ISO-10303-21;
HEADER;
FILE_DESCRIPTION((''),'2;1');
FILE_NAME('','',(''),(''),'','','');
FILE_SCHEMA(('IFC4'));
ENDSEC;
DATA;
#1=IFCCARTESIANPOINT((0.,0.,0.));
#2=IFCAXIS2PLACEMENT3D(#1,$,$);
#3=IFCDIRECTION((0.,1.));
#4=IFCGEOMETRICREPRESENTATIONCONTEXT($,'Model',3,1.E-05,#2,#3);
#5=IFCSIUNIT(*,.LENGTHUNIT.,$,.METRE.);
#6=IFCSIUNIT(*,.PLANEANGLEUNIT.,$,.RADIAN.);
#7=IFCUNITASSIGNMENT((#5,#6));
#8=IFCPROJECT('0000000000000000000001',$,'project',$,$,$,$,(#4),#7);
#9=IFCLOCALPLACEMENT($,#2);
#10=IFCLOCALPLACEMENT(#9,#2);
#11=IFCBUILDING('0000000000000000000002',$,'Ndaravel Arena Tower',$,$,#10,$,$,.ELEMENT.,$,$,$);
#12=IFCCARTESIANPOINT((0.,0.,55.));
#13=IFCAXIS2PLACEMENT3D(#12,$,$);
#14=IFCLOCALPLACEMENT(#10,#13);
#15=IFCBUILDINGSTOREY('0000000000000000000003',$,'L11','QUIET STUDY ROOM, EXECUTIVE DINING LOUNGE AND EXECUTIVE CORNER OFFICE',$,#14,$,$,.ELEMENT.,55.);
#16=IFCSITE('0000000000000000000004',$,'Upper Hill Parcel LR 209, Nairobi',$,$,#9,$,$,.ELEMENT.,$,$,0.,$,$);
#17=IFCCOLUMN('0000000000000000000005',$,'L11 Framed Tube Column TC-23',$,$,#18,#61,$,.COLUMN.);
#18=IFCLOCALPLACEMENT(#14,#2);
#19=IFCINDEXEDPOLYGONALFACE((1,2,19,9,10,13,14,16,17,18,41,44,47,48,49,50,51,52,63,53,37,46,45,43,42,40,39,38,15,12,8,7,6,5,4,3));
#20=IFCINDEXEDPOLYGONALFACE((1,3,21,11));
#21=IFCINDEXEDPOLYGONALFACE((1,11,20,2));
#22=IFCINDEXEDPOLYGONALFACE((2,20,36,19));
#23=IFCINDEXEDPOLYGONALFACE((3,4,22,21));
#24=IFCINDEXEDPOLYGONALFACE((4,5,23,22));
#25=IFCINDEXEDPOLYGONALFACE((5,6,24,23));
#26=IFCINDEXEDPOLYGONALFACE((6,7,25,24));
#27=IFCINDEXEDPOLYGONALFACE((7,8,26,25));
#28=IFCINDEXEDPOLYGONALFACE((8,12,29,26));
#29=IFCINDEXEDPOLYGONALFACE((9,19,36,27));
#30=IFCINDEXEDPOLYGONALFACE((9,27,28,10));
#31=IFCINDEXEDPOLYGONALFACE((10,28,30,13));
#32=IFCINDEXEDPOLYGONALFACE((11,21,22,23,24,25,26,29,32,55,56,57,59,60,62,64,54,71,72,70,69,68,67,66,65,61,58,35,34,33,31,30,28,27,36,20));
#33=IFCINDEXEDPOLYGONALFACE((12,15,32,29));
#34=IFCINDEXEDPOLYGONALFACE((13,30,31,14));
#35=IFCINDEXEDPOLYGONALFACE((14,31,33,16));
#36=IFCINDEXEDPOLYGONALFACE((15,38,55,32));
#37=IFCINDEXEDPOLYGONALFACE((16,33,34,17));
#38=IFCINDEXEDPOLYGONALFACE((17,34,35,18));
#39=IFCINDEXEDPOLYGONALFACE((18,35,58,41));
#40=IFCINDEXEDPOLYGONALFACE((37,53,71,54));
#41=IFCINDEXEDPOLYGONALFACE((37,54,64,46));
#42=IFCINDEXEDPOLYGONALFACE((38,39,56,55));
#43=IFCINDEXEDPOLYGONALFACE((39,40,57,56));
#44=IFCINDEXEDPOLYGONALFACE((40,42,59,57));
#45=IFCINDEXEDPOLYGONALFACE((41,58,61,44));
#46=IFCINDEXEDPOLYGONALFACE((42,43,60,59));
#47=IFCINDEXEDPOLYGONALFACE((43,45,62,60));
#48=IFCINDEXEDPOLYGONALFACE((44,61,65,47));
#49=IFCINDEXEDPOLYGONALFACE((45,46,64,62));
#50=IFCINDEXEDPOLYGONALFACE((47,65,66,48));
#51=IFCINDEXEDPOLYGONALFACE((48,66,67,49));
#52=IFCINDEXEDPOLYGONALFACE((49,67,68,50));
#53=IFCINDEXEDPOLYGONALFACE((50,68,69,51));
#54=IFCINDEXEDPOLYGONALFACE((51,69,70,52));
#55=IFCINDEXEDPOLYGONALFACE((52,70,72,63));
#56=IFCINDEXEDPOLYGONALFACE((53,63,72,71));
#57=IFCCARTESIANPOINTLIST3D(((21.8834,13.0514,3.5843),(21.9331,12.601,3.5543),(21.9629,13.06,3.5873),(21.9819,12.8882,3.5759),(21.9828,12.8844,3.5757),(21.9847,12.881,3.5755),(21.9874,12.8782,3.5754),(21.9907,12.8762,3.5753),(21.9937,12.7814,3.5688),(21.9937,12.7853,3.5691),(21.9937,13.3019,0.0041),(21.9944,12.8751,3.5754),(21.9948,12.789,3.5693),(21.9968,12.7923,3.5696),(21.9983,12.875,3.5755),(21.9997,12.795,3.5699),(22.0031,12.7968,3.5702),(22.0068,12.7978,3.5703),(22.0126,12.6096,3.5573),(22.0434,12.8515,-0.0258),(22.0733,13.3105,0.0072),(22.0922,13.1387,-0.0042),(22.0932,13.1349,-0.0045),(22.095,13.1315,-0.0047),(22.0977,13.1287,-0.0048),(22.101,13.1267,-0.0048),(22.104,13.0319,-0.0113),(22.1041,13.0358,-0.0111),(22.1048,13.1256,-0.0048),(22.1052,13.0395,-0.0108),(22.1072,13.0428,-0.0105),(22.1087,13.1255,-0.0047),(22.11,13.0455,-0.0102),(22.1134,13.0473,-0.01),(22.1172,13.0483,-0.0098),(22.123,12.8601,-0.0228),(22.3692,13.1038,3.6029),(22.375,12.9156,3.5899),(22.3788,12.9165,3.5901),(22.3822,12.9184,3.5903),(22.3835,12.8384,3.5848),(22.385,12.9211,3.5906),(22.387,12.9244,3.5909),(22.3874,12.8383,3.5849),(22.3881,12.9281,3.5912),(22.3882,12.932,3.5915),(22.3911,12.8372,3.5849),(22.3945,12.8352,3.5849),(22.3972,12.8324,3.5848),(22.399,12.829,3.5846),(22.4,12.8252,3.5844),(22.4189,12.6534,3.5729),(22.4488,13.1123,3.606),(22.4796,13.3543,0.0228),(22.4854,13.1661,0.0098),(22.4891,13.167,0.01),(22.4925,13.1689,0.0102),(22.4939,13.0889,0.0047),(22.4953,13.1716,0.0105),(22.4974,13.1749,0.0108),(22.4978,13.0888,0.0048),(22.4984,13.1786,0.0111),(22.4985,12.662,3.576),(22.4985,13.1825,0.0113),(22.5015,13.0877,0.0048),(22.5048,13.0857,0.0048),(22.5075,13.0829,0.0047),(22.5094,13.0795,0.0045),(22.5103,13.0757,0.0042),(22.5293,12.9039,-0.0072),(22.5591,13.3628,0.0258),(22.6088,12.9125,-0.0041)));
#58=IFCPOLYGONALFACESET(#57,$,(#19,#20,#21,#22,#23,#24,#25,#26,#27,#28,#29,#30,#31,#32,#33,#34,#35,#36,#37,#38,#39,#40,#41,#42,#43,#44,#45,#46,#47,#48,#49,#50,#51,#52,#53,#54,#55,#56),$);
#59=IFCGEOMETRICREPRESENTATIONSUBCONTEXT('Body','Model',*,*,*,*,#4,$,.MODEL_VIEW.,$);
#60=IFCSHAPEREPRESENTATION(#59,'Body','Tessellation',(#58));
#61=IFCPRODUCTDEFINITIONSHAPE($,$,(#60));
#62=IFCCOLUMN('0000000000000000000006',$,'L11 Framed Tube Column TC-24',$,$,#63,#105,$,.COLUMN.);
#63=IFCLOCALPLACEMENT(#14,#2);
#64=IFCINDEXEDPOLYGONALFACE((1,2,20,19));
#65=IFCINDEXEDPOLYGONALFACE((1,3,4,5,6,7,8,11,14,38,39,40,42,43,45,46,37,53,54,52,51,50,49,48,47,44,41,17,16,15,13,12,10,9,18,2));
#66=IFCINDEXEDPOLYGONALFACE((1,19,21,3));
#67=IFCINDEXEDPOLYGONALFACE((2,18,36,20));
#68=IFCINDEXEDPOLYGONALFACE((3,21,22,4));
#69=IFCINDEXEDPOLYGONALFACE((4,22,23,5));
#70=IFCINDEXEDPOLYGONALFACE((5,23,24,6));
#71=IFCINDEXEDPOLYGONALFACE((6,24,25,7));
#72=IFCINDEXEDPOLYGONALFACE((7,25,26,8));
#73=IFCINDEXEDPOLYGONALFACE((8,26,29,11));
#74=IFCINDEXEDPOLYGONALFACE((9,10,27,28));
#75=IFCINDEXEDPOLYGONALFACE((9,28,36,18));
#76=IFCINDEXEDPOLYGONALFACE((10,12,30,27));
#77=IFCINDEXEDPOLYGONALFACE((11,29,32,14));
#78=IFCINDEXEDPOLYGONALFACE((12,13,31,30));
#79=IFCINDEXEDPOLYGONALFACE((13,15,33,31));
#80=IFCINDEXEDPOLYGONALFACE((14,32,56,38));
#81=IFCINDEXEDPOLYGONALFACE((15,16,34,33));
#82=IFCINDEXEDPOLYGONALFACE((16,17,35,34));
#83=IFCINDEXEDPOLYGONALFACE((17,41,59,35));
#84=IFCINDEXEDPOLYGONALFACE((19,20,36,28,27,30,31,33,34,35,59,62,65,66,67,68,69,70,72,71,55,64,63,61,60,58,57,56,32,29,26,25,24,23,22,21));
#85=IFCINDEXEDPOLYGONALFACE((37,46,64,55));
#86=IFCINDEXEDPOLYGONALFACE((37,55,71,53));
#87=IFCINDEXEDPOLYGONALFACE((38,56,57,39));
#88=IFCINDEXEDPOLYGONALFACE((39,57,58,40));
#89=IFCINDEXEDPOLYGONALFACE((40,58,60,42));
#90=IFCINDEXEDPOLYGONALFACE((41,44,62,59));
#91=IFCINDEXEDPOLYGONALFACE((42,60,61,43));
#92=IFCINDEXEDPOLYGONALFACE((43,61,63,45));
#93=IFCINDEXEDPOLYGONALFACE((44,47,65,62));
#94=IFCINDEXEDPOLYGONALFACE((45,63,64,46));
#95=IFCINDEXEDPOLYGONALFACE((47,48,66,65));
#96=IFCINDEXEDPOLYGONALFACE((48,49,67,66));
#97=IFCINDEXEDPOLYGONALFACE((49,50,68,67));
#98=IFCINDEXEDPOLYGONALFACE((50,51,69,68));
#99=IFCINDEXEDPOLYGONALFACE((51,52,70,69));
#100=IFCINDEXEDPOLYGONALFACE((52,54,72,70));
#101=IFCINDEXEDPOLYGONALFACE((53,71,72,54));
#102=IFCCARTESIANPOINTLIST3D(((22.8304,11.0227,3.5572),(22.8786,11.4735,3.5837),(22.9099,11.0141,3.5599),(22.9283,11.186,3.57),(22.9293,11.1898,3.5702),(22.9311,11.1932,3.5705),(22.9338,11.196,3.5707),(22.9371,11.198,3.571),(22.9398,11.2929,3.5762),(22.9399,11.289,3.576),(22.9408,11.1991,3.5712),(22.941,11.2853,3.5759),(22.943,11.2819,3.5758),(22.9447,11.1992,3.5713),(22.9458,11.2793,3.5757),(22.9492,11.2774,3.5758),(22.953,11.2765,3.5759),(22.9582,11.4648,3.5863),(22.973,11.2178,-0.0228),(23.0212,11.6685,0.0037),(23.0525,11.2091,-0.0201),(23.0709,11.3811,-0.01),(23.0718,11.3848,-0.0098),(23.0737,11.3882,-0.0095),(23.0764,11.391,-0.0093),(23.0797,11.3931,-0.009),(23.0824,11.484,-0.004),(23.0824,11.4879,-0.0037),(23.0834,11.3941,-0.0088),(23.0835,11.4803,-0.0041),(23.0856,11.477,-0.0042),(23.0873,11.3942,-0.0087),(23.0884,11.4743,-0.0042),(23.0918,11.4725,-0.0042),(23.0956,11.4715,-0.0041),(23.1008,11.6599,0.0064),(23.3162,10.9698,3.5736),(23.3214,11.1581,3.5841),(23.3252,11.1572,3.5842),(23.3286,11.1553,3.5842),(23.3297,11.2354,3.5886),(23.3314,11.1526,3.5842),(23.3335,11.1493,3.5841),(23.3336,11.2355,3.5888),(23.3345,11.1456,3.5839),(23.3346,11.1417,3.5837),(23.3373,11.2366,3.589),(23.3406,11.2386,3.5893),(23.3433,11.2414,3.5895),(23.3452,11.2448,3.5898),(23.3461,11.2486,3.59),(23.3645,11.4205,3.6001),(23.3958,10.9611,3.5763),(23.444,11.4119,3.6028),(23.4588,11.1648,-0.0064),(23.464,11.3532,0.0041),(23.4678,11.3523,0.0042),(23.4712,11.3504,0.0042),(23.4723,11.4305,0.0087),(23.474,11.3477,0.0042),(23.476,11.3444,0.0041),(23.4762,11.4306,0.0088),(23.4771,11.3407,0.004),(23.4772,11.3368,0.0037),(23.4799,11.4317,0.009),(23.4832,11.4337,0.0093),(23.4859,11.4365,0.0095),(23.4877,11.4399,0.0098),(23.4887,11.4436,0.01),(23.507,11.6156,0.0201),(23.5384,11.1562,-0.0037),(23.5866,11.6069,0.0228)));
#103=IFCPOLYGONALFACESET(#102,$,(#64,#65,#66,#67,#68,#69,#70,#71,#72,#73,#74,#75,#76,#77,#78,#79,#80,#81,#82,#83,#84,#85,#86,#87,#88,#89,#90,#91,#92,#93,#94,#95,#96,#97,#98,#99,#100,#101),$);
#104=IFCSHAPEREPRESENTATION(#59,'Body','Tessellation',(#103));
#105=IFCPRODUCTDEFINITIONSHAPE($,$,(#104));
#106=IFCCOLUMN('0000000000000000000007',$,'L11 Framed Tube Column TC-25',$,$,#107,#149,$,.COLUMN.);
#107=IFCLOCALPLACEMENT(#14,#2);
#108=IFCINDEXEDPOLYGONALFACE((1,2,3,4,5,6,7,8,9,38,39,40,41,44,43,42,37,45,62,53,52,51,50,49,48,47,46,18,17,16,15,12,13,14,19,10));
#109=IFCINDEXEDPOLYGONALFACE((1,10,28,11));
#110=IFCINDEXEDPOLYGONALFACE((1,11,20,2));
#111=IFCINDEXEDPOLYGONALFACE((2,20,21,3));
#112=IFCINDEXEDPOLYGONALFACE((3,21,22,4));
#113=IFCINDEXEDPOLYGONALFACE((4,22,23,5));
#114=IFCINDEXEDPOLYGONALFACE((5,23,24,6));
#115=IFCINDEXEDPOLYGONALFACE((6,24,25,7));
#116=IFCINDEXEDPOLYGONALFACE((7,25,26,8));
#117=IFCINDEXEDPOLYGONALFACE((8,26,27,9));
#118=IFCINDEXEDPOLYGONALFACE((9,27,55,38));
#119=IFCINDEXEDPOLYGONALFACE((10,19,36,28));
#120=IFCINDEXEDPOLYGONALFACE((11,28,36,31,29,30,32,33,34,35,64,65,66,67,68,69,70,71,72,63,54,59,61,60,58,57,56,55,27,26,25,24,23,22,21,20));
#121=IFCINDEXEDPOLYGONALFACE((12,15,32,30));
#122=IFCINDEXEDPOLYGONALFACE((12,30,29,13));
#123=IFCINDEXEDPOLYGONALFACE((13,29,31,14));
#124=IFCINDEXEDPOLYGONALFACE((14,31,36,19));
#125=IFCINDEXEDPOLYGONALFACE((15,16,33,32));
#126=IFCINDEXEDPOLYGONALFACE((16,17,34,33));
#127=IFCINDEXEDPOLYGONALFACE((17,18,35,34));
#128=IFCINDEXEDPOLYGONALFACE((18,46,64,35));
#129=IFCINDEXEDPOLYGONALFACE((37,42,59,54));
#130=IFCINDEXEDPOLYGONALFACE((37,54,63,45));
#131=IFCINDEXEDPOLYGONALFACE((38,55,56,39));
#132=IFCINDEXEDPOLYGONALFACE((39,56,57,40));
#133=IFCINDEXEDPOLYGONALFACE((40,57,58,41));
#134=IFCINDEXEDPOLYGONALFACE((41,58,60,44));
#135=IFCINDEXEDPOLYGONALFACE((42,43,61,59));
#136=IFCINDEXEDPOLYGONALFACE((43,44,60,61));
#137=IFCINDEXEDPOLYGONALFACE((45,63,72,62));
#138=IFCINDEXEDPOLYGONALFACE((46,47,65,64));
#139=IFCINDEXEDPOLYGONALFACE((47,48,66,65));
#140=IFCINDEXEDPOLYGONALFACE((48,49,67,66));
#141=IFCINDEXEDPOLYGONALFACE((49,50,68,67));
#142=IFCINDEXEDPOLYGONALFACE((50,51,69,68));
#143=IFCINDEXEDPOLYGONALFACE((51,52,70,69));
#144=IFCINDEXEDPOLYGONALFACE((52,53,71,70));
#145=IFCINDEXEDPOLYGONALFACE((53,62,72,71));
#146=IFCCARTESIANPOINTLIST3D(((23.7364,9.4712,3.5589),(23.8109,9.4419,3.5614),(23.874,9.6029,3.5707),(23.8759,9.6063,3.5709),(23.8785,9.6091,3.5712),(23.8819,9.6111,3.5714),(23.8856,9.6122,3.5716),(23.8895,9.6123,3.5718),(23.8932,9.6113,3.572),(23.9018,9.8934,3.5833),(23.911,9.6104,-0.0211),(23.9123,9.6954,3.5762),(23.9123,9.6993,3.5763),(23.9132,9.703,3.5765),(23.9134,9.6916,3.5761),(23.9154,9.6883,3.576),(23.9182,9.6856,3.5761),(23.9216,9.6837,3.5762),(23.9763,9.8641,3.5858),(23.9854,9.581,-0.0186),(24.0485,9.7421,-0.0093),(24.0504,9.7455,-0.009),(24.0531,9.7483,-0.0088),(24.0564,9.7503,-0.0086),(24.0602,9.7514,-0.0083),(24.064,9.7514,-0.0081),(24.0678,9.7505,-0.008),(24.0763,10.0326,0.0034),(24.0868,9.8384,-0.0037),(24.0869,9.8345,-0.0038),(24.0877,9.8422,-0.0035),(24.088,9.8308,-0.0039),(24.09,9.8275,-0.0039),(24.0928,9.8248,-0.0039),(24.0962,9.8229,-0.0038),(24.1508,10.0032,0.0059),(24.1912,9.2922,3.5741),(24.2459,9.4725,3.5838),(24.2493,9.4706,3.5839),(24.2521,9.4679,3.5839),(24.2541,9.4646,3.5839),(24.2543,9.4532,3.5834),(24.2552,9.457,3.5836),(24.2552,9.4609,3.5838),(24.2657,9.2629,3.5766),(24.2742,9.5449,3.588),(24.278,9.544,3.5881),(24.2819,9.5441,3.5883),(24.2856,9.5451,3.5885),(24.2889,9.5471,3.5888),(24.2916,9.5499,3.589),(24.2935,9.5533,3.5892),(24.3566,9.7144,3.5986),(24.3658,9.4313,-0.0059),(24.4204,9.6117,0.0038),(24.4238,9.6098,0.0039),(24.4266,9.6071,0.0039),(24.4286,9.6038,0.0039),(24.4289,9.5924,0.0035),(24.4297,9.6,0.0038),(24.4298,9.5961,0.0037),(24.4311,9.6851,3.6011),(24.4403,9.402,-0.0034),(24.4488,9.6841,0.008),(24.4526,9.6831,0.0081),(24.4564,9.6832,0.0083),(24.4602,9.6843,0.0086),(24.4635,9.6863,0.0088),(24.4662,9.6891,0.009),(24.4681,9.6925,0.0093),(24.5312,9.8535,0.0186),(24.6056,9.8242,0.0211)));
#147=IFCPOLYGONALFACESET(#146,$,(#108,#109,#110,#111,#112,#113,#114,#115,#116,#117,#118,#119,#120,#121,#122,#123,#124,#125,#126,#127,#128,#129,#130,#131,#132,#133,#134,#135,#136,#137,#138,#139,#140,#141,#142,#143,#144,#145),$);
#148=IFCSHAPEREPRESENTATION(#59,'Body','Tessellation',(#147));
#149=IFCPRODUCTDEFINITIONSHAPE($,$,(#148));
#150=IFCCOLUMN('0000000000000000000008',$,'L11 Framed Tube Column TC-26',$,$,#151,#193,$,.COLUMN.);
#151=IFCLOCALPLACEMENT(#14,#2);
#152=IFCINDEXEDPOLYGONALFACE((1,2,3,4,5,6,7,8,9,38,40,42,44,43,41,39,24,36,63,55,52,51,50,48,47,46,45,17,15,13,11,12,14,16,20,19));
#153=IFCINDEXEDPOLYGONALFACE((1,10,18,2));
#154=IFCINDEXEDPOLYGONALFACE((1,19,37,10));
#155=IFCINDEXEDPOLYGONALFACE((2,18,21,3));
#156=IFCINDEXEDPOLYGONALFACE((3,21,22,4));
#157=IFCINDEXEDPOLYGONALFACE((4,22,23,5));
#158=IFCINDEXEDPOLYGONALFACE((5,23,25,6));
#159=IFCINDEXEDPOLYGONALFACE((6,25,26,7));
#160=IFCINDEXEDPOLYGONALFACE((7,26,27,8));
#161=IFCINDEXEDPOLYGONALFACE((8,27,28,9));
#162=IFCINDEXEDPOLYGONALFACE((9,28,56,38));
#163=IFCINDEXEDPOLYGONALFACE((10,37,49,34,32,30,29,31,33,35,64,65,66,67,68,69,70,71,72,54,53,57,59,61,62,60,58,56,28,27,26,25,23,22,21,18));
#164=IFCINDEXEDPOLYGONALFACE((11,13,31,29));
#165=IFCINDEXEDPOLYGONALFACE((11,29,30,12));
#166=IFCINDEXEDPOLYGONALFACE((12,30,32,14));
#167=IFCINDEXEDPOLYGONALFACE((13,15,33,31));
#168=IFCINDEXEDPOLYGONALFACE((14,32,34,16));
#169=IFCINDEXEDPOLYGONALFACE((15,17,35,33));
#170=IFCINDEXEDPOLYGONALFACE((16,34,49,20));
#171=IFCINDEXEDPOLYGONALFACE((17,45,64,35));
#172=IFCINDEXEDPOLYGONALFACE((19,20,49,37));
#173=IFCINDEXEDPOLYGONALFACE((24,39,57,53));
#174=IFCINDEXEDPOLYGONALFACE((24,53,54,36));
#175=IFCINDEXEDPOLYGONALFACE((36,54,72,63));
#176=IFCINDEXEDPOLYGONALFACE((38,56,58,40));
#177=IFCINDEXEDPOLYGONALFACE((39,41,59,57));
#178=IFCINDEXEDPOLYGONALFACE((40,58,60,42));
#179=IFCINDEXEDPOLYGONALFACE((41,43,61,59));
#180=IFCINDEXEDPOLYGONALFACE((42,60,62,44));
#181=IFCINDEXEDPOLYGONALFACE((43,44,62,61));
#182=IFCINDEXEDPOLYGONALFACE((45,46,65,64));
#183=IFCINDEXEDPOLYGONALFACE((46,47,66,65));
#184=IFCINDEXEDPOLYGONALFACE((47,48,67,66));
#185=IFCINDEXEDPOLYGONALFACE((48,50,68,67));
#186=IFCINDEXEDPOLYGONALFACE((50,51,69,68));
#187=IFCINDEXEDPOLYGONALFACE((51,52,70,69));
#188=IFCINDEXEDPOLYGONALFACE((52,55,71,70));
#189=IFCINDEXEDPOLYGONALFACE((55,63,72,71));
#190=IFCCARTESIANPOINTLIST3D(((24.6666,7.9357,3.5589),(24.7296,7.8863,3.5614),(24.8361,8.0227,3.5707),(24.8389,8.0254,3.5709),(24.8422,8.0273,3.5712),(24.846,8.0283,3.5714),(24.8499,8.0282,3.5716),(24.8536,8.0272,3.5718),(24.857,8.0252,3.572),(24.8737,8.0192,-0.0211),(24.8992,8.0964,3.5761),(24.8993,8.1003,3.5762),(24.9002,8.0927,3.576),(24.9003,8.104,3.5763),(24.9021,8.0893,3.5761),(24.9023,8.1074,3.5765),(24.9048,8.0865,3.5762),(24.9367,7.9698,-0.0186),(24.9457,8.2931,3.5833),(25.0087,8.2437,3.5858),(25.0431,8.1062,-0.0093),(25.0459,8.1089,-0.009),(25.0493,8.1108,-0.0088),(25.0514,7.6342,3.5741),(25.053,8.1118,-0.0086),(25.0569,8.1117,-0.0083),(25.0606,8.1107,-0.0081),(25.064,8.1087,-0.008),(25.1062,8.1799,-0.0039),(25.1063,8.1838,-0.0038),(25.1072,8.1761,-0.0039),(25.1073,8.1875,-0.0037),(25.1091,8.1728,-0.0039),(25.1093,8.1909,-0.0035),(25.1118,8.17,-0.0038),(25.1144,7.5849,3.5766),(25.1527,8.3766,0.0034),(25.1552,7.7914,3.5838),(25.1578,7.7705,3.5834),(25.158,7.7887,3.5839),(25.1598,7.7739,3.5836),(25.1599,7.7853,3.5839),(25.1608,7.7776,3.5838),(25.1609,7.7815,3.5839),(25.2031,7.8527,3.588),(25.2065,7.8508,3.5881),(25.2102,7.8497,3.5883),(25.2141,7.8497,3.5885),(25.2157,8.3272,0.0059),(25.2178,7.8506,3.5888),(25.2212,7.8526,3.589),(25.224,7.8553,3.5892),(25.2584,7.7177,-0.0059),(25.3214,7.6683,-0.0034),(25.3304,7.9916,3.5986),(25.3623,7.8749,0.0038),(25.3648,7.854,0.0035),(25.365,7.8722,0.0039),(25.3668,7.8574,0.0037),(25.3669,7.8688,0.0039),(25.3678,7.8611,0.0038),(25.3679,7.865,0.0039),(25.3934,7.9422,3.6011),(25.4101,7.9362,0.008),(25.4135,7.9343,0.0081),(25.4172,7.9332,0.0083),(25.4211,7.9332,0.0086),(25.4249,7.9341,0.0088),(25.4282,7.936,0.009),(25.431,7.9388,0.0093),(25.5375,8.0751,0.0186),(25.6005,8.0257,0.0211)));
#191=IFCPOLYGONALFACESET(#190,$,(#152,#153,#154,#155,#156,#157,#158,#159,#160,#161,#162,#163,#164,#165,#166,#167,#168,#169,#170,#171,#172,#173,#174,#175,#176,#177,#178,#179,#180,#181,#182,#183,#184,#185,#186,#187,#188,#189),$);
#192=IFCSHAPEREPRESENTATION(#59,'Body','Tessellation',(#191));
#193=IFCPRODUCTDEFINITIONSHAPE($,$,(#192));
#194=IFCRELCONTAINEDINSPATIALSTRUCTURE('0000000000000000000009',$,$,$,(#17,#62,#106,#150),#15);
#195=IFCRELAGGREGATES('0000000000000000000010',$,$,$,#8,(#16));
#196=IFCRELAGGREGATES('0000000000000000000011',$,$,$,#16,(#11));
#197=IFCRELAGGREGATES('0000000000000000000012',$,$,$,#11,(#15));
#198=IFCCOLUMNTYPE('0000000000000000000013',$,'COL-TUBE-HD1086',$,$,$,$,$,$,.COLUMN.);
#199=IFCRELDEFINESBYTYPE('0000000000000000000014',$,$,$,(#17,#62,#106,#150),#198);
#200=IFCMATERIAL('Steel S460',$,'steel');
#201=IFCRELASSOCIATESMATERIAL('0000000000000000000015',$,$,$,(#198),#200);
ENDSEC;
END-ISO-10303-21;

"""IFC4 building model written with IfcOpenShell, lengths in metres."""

from ifc_helpers import new_model, si_unit, direction, frame, origin, origin_2d, place, context, subcontext, project, spatial, i_section, extrude, material, material_profile, profile_set, type_object, element, save


model = new_model("IFC4")

# Units and contexts
model_context = context("Model", 3, precision=1e-05, world=origin(), true_north=direction((0.0, 1.0)))
body_context = subcontext(model_context, "Body", "Model", "MODEL_VIEW")
ifc_project = project(units=[si_unit("LENGTHUNIT", "METRE"), si_unit("PLANEANGLEUNIT", "RADIAN")], contexts=[model_context])

# Site, building, storey
site_placement = place(None, origin())
site = spatial("IfcSite", under=ifc_project, at=site_placement, Name="Upper Hill Parcel LR 209, Nairobi", CompositionType="ELEMENT", RefElevation=0.0)
building_placement = place(site_placement, origin())
building = spatial("IfcBuilding", under=site, at=building_placement, Name="Ndaravel Arena Tower", CompositionType="ELEMENT")
storey_placement = place(building_placement, frame((0.0, 0.0, 55.0)))
storey = spatial("IfcBuildingStorey", under=building, at=storey_placement, Name="L11", Description="QUIET STUDY ROOM, EXECUTIVE DINING LOUNGE AND EXECUTIVE CORNER OFFICE", CompositionType="ELEMENT", Elevation=55.0)

# Columns
ifc_material_1 = material(Name="Steel S460", Category="steel")
ifc_material_profile_1 = material_profile(ifc_material_1, i_section(OverallWidth=0.4541, OverallDepth=0.5691, WebThickness=0.0779, FlangeThickness=0.0801, FilletRadius=0.0149, at=origin_2d()), Name="HD 400x1086")
ifc_profile_set_1 = profile_set([ifc_material_profile_1], Name="Steel S460")
column_type = type_object("IfcColumnType", Name="COL-TUBE-HD1086", PredefinedType="COLUMN", material=ifc_profile_set_1)
column_1_placement = place(storey_placement, frame((22.3013, 13.1072, 0.0), z_axis=(-0.030734, -0.069764, 0.99709), x_axis=(-0.109437, 0.991799, 0.06602)))
element("IfcColumn", 1, at=column_1_placement, inside=storey, type_object=column_type, Name="L11 Framed Tube Column TC-23", PredefinedType="COLUMN", context=body_context, shape_type="SweptSolid", body=[
    extrude(i_section(OverallWidth=0.4541, OverallDepth=0.5691, WebThickness=0.0779, FlangeThickness=0.0801, FilletRadius=0.0149, at=origin_2d()), origin(), (0.0, 0.0, 1.0), 3.5906),
])
column_2_placement = place(storey_placement, frame((23.2798, 11.4124, 0.0), z_axis=(-0.039735, -0.054364, 0.99773), x_axis=(0.106207, 0.992632, 0.058316)))
element("IfcColumn", 2, at=column_2_placement, inside=storey, type_object=column_type, Name="L11 Framed Tube Column TC-24", PredefinedType="COLUMN", context=body_context, shape_type="SweptSolid", body=[
    extrude(i_section(OverallWidth=0.4541, OverallDepth=0.5691, WebThickness=0.0779, FlangeThickness=0.0801, FilletRadius=0.0149, at=origin_2d()), origin(), (0.0, 0.0, 1.0), 3.5881),
])
for number, where, z_axis, x_axis, name in (
    (3, (24.2583, 9.7173, 0.0), (-0.048664, -0.038795, 0.998061), (0.364182, 0.929767, 0.053898), "L11 Framed Tube Column TC-25"),
    (4, (25.2371, 8.0225, 0.0), (-0.057717, -0.023277, 0.998062), (0.614595, 0.786999, 0.053896), "L11 Framed Tube Column TC-26"),
):
    element("IfcColumn", number, at=place(storey_placement, frame(where, z_axis=z_axis, x_axis=x_axis)), inside=storey, type_object=column_type, Name=name, PredefinedType="COLUMN", context=body_context, shape_type="SweptSolid", body=[
        extrude(i_section(OverallWidth=0.4541, OverallDepth=0.5691, WebThickness=0.0779, FlangeThickness=0.0801, FilletRadius=0.0149, at=origin_2d()), origin(), (0.0, 0.0, 1.0), 3.5869),
    ])

save(model, "model.ifc")
